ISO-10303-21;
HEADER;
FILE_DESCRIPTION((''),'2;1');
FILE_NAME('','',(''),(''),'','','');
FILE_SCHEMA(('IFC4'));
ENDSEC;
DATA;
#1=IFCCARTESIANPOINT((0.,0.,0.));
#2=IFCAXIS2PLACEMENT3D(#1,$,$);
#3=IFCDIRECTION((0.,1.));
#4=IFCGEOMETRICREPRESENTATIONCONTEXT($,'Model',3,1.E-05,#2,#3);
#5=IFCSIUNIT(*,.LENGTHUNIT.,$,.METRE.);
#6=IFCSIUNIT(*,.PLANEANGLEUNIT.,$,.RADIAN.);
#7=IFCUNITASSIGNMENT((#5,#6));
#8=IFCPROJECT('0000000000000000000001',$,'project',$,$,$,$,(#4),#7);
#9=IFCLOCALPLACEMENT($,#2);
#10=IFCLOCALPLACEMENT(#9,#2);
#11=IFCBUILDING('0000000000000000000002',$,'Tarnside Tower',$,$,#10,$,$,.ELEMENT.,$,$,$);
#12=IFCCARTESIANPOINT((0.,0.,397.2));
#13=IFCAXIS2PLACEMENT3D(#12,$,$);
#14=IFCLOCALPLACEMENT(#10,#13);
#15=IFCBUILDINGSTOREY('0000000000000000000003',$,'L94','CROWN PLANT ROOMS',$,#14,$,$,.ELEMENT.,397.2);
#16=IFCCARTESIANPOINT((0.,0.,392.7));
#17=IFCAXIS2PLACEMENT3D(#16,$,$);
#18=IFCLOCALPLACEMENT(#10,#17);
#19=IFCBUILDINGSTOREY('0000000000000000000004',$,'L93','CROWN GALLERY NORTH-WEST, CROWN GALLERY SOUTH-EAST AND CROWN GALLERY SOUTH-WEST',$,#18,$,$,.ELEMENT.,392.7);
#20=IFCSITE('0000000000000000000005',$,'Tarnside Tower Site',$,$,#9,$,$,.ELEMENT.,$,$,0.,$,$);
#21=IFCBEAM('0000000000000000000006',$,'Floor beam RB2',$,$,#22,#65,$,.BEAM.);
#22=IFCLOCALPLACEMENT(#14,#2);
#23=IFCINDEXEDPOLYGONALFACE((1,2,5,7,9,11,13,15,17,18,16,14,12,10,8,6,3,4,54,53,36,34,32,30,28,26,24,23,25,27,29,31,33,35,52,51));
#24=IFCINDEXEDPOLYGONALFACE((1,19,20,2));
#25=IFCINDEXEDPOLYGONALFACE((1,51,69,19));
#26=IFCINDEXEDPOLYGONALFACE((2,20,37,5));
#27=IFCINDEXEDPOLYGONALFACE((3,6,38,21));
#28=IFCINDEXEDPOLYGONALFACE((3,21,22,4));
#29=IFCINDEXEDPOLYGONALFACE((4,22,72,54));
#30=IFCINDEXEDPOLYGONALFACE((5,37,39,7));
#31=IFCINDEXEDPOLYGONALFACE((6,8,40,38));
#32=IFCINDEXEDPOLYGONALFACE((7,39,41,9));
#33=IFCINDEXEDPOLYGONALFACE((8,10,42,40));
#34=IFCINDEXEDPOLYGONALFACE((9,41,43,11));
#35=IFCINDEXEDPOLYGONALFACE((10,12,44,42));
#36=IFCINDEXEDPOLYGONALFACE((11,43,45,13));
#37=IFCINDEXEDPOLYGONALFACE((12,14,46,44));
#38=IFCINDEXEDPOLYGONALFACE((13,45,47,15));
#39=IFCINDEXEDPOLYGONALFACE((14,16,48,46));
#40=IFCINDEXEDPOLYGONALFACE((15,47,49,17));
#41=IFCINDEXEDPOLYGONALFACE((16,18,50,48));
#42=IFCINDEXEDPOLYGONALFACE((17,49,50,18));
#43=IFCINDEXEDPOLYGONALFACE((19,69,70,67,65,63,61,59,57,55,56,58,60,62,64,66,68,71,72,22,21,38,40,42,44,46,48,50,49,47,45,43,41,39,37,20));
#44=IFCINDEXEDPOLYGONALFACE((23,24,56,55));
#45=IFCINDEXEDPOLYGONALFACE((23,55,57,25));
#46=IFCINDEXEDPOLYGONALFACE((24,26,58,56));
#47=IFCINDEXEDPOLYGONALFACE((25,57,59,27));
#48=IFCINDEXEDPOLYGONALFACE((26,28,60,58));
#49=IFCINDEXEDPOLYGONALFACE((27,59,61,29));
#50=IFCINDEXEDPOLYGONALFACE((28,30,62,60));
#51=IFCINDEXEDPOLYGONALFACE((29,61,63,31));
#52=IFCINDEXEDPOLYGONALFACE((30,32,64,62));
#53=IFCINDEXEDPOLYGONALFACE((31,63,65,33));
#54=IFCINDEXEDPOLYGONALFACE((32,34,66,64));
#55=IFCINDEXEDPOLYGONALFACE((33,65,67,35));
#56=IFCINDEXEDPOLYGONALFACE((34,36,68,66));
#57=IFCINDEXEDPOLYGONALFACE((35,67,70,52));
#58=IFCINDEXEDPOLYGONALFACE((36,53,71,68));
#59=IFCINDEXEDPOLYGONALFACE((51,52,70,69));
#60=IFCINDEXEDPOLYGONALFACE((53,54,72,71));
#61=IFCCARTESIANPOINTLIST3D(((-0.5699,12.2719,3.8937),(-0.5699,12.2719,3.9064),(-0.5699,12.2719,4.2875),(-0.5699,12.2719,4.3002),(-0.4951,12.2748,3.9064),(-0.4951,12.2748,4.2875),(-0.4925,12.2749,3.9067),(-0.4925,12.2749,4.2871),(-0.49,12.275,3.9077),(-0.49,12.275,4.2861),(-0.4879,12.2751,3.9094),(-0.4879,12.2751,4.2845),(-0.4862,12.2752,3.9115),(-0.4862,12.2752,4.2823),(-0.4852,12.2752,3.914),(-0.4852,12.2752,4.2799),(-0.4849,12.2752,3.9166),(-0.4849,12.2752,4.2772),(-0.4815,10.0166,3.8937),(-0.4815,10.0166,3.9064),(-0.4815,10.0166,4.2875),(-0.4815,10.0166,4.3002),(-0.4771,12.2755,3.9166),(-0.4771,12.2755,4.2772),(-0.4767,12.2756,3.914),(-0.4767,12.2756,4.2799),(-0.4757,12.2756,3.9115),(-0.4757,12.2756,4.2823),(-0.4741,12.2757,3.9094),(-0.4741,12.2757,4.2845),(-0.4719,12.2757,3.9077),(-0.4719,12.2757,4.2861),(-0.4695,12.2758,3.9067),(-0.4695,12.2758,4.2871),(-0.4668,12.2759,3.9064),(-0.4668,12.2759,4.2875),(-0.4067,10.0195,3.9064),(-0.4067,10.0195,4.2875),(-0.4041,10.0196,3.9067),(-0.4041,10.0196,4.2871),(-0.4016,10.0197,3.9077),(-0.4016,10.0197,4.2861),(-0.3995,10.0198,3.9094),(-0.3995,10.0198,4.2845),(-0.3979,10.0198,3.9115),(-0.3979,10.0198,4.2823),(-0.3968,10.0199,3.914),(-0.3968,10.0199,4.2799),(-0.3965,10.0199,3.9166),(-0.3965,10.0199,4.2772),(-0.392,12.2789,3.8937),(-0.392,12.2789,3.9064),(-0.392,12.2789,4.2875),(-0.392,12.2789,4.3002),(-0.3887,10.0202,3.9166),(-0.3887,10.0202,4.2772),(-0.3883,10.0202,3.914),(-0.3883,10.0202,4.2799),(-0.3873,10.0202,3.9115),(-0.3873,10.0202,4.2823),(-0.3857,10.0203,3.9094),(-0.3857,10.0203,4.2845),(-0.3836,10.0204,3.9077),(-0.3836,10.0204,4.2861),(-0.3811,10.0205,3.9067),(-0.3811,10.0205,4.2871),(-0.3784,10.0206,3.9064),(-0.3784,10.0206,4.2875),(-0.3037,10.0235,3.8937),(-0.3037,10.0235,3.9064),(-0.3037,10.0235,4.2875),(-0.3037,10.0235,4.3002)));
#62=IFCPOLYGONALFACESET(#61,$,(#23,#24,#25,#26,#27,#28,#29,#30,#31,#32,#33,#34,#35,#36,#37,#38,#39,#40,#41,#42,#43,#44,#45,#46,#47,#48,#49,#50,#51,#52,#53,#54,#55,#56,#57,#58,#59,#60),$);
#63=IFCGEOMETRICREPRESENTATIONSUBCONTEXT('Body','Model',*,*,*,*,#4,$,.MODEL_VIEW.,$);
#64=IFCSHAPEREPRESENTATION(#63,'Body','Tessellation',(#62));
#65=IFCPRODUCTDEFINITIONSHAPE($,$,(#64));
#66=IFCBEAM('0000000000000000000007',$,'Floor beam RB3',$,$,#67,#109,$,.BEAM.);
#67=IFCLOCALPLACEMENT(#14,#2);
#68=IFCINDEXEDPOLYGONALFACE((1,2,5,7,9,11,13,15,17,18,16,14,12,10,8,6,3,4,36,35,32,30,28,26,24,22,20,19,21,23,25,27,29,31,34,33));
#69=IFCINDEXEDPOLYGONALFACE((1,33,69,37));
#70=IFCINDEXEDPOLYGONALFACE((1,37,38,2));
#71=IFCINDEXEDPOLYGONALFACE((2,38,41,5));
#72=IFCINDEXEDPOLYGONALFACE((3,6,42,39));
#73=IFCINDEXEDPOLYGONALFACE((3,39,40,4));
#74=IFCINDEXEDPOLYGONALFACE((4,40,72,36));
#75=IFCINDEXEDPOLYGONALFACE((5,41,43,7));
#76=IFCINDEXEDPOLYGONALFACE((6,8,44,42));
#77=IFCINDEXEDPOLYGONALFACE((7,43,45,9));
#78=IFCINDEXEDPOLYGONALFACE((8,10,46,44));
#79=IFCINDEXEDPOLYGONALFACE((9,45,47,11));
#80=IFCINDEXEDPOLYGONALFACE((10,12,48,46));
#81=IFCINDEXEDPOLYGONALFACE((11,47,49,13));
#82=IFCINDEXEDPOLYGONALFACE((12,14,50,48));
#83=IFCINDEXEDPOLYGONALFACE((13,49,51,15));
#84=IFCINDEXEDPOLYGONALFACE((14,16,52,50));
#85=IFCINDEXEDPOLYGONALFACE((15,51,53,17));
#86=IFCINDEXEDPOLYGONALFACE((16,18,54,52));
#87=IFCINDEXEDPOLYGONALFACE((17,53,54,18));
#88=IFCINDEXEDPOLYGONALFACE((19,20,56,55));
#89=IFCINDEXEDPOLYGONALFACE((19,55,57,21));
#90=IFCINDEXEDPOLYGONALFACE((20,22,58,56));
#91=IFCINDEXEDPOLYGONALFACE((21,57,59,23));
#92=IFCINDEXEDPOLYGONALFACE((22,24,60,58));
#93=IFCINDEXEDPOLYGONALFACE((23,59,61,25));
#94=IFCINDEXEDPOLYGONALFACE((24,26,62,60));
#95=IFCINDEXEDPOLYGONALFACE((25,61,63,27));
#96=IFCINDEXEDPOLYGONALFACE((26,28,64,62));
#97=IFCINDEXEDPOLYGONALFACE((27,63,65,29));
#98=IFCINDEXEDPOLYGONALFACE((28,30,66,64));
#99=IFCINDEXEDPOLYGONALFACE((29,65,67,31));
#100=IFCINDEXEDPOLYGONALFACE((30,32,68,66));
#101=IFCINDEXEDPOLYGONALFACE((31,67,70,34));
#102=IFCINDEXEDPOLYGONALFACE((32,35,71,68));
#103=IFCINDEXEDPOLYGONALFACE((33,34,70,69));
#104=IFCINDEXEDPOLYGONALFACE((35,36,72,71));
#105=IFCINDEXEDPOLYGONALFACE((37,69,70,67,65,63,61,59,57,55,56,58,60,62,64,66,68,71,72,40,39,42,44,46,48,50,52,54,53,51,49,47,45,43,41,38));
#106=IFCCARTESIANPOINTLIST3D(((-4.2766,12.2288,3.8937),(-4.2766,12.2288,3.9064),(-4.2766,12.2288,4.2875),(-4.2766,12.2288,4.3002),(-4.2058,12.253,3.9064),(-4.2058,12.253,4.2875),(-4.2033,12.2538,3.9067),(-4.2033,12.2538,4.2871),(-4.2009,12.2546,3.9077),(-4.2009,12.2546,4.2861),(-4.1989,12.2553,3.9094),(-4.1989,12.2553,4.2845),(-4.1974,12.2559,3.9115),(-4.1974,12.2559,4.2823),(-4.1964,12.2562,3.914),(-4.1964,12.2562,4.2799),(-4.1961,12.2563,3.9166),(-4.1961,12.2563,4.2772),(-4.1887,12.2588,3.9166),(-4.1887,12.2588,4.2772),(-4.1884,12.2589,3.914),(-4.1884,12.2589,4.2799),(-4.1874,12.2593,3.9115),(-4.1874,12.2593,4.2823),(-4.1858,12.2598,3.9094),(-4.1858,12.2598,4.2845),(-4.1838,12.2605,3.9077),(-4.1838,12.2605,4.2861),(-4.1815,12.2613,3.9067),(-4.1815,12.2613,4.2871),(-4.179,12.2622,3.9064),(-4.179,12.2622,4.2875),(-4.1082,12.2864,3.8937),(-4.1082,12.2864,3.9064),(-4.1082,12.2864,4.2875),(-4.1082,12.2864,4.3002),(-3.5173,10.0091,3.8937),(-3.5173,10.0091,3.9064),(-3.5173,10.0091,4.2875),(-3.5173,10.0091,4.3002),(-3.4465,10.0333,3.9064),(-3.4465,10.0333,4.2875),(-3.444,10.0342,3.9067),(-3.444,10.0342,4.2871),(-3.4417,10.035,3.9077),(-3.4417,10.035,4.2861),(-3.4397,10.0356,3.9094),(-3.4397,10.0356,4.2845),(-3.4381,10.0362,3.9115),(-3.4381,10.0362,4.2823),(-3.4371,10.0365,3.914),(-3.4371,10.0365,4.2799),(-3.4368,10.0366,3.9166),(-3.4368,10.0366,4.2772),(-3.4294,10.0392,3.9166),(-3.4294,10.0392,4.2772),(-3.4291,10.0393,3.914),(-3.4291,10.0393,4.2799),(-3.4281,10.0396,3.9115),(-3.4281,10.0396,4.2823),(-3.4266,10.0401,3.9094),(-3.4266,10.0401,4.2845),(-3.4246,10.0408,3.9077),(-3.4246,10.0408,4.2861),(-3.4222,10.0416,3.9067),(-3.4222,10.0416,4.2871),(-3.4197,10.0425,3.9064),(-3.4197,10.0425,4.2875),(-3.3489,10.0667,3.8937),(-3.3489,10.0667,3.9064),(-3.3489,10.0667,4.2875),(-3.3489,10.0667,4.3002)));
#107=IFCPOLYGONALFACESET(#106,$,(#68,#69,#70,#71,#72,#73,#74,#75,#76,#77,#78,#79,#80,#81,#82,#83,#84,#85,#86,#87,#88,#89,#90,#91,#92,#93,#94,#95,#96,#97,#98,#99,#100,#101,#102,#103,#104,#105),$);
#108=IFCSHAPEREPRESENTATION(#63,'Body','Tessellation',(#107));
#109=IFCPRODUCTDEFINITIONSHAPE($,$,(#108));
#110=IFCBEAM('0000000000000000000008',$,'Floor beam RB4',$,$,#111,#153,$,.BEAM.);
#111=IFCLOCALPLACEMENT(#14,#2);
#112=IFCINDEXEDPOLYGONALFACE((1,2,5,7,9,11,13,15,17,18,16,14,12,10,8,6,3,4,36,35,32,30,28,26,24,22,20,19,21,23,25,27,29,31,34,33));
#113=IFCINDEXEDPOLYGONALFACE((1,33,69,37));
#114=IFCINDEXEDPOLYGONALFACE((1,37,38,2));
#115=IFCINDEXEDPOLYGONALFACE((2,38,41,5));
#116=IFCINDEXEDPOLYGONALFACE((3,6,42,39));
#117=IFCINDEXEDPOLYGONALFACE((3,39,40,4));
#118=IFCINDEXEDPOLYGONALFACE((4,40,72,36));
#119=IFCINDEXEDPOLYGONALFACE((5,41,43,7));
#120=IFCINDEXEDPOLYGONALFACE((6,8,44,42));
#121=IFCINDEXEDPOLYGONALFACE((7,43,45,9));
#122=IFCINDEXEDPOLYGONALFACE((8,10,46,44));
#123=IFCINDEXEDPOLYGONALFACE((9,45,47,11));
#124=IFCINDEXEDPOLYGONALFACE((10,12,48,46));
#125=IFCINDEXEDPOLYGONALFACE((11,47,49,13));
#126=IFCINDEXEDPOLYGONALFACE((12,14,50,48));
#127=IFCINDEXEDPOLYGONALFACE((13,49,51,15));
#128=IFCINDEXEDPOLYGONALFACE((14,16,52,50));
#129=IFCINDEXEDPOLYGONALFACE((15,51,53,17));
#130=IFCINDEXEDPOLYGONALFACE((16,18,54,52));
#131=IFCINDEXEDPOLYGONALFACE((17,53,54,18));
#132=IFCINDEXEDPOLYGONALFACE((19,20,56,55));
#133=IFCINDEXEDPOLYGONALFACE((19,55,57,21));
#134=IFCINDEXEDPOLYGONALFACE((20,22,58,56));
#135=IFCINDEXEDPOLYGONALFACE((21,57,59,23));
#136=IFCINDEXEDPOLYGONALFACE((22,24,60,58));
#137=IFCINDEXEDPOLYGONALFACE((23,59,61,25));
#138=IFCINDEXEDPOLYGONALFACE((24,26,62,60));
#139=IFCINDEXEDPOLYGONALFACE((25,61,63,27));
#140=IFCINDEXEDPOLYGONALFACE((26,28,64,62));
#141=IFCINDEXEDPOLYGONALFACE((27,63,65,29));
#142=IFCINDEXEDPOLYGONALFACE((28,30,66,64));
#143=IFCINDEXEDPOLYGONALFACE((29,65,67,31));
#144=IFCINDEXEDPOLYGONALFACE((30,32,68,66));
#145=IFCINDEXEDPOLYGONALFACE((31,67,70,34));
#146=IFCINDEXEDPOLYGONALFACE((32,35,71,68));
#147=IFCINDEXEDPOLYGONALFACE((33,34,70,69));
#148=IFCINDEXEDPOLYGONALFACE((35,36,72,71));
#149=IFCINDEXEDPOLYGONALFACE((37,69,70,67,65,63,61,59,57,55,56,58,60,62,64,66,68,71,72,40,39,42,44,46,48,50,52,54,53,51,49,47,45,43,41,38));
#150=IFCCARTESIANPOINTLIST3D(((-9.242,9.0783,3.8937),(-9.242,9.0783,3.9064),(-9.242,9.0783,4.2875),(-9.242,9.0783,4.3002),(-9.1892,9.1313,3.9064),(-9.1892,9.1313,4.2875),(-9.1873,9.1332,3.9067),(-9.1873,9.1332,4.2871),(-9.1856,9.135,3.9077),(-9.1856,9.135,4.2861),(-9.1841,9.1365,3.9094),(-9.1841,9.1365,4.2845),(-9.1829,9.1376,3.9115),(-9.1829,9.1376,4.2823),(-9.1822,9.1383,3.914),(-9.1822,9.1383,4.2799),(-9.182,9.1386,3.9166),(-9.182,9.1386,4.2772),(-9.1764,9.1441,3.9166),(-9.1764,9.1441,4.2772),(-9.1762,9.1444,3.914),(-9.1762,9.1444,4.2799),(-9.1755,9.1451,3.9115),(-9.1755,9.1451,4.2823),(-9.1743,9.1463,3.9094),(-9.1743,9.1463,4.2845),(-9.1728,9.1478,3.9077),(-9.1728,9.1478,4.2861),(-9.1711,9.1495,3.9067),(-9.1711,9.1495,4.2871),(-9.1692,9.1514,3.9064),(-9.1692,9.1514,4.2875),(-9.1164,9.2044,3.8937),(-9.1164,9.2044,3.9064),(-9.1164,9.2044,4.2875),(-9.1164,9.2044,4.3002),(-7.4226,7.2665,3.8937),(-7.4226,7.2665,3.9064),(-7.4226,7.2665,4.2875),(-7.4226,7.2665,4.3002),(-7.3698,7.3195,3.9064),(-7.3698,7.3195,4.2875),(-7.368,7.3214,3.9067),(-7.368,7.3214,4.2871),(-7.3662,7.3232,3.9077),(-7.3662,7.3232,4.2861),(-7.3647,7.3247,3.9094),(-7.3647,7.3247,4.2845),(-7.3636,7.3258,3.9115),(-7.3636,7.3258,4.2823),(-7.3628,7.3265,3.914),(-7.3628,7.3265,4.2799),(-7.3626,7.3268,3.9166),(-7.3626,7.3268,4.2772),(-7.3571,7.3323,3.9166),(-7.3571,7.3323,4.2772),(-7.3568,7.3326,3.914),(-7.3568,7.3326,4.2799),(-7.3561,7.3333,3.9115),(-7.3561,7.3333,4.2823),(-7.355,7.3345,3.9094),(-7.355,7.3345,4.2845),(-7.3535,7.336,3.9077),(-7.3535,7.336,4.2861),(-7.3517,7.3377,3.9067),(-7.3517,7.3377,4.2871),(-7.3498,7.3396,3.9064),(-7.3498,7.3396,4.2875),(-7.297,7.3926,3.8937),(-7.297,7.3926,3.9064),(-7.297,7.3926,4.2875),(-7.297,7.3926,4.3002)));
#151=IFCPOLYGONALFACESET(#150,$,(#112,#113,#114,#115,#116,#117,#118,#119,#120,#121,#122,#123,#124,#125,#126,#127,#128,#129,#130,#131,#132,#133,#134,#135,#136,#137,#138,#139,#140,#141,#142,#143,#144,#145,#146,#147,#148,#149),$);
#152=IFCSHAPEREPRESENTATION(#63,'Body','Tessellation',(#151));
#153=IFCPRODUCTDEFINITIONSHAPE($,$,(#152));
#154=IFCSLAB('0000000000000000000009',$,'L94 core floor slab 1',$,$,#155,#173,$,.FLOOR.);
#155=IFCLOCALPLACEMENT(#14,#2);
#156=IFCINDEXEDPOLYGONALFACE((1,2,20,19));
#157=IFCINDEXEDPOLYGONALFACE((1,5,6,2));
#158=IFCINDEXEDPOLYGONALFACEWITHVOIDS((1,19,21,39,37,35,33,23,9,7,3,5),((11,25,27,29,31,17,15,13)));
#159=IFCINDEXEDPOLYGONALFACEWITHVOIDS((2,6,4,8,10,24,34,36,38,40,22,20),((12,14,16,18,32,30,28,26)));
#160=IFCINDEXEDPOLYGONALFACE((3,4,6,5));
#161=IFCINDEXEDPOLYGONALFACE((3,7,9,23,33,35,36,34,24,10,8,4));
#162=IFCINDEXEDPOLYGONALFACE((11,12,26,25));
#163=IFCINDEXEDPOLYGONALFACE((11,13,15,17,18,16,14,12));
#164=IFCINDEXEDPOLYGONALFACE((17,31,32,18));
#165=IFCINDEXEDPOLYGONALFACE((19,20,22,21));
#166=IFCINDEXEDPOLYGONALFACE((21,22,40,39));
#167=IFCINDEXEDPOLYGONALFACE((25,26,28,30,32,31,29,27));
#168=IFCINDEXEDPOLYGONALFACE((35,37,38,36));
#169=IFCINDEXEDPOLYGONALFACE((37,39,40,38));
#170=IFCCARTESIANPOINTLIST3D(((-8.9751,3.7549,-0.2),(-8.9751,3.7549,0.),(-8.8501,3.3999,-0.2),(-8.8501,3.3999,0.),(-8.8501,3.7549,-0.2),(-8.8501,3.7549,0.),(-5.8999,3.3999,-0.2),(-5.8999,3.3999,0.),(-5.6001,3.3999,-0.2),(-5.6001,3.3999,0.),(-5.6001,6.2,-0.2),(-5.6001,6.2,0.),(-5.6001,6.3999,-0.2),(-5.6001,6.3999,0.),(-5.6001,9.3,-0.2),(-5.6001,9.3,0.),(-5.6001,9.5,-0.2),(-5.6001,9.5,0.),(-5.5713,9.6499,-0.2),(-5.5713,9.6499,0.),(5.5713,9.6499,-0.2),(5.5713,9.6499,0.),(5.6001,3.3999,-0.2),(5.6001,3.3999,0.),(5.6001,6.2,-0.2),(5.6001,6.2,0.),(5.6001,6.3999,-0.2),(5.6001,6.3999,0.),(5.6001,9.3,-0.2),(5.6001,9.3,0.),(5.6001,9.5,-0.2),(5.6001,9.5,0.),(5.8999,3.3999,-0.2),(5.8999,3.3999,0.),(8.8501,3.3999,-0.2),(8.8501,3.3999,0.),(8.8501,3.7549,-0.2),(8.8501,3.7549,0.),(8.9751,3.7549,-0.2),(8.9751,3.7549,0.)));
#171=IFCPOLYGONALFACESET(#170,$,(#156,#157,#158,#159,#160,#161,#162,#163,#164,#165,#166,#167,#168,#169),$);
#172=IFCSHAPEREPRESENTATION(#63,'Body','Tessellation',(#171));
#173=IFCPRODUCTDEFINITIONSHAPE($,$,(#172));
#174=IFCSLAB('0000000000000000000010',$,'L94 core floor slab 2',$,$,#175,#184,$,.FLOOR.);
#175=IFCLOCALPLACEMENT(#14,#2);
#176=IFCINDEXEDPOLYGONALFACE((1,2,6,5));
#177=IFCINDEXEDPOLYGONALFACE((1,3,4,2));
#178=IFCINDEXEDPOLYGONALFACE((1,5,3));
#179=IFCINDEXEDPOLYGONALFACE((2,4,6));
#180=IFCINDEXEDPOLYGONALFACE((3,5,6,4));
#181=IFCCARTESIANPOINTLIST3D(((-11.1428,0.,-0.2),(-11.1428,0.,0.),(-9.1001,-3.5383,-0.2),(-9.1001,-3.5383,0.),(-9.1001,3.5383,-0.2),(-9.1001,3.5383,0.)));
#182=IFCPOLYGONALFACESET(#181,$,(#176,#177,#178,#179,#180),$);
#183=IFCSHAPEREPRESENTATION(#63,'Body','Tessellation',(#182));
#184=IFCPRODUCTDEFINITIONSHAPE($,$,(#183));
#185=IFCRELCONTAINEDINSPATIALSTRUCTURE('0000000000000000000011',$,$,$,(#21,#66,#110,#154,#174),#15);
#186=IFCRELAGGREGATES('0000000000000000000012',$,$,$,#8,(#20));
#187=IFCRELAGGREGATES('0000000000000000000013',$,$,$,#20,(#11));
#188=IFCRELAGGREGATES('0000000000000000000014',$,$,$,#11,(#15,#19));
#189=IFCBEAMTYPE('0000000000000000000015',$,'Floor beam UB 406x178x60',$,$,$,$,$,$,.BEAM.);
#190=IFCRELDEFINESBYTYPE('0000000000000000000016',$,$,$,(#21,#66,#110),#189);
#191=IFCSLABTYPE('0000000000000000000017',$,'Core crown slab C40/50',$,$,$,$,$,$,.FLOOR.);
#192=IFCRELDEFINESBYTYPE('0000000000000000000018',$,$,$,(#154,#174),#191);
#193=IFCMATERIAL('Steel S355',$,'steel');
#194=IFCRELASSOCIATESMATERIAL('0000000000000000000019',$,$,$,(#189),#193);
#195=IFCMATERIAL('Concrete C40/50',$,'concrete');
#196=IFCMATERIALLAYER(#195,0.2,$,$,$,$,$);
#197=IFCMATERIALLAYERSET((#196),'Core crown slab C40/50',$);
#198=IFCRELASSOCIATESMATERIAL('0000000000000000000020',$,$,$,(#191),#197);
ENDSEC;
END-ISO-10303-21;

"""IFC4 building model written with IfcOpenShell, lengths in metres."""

from ifc_helpers import new_model, si_unit, direction, frame, origin, origin_2d, place, context, subcontext, project, spatial, polyline, i_section, outline, extrude, material, layer, layer_set, material_profile, profile_set, type_object, element, save


model = new_model("IFC4")

# Units and contexts
model_context = context("Model", 3, precision=1e-05, world=origin(), true_north=direction((0.0, 1.0)))
body_context = subcontext(model_context, "Body", "Model", "MODEL_VIEW")
ifc_project = project(units=[si_unit("LENGTHUNIT", "METRE"), si_unit("PLANEANGLEUNIT", "RADIAN")], contexts=[model_context])

# Site, building, storey
site_placement = place(None, origin())
site = spatial("IfcSite", under=ifc_project, at=site_placement, Name="Tarnside Tower Site", CompositionType="ELEMENT", RefElevation=0.0)
building_placement = place(site_placement, origin())
building = spatial("IfcBuilding", under=site, at=building_placement, Name="Tarnside Tower", CompositionType="ELEMENT")
storey_1_placement = place(building_placement, frame((0.0, 0.0, 397.2)))
storey_1 = spatial("IfcBuildingStorey", under=building, at=storey_1_placement, Name="L94", Description="CROWN PLANT ROOMS", CompositionType="ELEMENT", Elevation=397.2)

# Beams
ifc_material_1 = material(Name="Steel S355", Category="steel")
ifc_material_profile = material_profile(ifc_material_1, i_section(OverallWidth=0.178, OverallDepth=0.4065, WebThickness=0.0078, FlangeThickness=0.0127, FilletRadius=0.0103, at=origin_2d()), Name="UB 406x178x60")
ifc_profile_set = profile_set([ifc_material_profile], Name="Steel S355")
beam_type = type_object("IfcBeamType", Name="Floor beam UB 406x178x60", PredefinedType="BEAM", material=ifc_profile_set)
beam_1_placement = place(storey_1_placement, frame((-0.481, 12.2754, 4.0969), z_axis=(0.039156, -0.999233, 0.0), x_axis=(0.999233, 0.039156, 0.0)))
element("IfcBeam", 1, at=beam_1_placement, inside=storey_1, type_object=beam_type, Name="Floor beam RB2", PredefinedType="BEAM", context=body_context, shape_type="SweptSolid", body=[
    extrude(i_section(OverallWidth=0.178, OverallDepth=0.4065, WebThickness=0.0078, FlangeThickness=0.0127, FilletRadius=0.0103, at=origin_2d()), origin(), (0.0, 0.0, 1.0), 2.2571),
])
beam_2_placement = place(storey_1_placement, frame((-4.1924, 12.2576, 4.0969), z_axis=(0.323648, -0.946177, 0.0), x_axis=(0.946177, 0.323648, 0.0)))
element("IfcBeam", 2, at=beam_2_placement, inside=storey_1, type_object=beam_type, Name="Floor beam RB3", PredefinedType="BEAM", context=body_context, shape_type="SweptSolid", body=[
    extrude(i_section(OverallWidth=0.178, OverallDepth=0.4065, WebThickness=0.0078, FlangeThickness=0.0127, FilletRadius=0.0103, at=origin_2d()), origin(), (0.0, 0.0, 1.0), 2.3459),
])
beam_3_placement = place(storey_1_placement, frame((-9.1792, 9.1414, 4.0969), z_axis=(0.708579, -0.705631, 0.0), x_axis=(0.705631, 0.708579, 0.0)))
element("IfcBeam", 3, at=beam_3_placement, inside=storey_1, type_object=beam_type, Name="Floor beam RB4", PredefinedType="BEAM", context=body_context, shape_type="SweptSolid", body=[
    extrude(i_section(OverallWidth=0.178, OverallDepth=0.4065, WebThickness=0.0078, FlangeThickness=0.0127, FilletRadius=0.0103, at=origin_2d()), origin(), (0.0, 0.0, 1.0), 2.5676),
])

# Slabs
ifc_material_2 = material(Name="Concrete C40/50", Category="concrete")
ifc_layer_1 = layer(ifc_material_2, 0.2)
ifc_layer_set_1 = layer_set([ifc_layer_1], Name="Core crown slab C40/50")
slab_type_1 = type_object("IfcSlabType", Name="Core crown slab C40/50", PredefinedType="FLOOR", material=ifc_layer_set_1)
slab_1_placement = place(storey_1_placement, frame((0.0, 0.0, -0.2)))
element("IfcSlab", 4, at=slab_1_placement, inside=storey_1, type_object=slab_type_1, Name="L94 core floor slab 1", PredefinedType="FLOOR", context=body_context, shape_type="SweptSolid", body=[
    extrude(outline(polyline([(5.5713, 9.6499), (8.9751, 3.7549), (8.8501, 3.7549), (8.8501, 3.3999), (5.8999, 3.3999), (5.6001, 3.3999), (-5.6001, 3.3999), (-5.8999, 3.3999), (-8.8501, 3.3999), (-8.8501, 3.7549), (-8.9751, 3.7549), (-5.5713, 9.6499), (5.5713, 9.6499)]), holes=[polyline([(-5.6001, 6.2), (5.6001, 6.2), (5.6001, 6.3999), (5.6001, 9.3), (5.6001, 9.5), (-5.6001, 9.5), (-5.6001, 9.3), (-5.6001, 6.3999), (-5.6001, 6.2)])]), origin(), (0.0, 0.0, 1.0), 0.2),
])
slab_2_placement = place(storey_1_placement, frame((0.0, 0.0, -0.2)))
element("IfcSlab", 5, at=slab_2_placement, inside=storey_1, type_object=slab_type_1, Name="L94 core floor slab 2", PredefinedType="FLOOR", context=body_context, shape_type="SweptSolid", body=[
    extrude(outline(polyline([(-9.1001, -3.5383), (-11.1428, 0.0), (-9.1001, 3.5383), (-9.1001, -3.5383)])), origin(), (0.0, 0.0, 1.0), 0.2),
])

# Shared definitions
storey_2_placement = place(building_placement, frame((0.0, 0.0, 392.7)))
storey_2 = spatial("IfcBuildingStorey", under=building, at=storey_2_placement, Name="L93", Description="CROWN GALLERY NORTH-WEST, CROWN GALLERY SOUTH-EAST AND CROWN GALLERY SOUTH-WEST", CompositionType="ELEMENT", Elevation=392.7)

save(model, "model.ifc")
